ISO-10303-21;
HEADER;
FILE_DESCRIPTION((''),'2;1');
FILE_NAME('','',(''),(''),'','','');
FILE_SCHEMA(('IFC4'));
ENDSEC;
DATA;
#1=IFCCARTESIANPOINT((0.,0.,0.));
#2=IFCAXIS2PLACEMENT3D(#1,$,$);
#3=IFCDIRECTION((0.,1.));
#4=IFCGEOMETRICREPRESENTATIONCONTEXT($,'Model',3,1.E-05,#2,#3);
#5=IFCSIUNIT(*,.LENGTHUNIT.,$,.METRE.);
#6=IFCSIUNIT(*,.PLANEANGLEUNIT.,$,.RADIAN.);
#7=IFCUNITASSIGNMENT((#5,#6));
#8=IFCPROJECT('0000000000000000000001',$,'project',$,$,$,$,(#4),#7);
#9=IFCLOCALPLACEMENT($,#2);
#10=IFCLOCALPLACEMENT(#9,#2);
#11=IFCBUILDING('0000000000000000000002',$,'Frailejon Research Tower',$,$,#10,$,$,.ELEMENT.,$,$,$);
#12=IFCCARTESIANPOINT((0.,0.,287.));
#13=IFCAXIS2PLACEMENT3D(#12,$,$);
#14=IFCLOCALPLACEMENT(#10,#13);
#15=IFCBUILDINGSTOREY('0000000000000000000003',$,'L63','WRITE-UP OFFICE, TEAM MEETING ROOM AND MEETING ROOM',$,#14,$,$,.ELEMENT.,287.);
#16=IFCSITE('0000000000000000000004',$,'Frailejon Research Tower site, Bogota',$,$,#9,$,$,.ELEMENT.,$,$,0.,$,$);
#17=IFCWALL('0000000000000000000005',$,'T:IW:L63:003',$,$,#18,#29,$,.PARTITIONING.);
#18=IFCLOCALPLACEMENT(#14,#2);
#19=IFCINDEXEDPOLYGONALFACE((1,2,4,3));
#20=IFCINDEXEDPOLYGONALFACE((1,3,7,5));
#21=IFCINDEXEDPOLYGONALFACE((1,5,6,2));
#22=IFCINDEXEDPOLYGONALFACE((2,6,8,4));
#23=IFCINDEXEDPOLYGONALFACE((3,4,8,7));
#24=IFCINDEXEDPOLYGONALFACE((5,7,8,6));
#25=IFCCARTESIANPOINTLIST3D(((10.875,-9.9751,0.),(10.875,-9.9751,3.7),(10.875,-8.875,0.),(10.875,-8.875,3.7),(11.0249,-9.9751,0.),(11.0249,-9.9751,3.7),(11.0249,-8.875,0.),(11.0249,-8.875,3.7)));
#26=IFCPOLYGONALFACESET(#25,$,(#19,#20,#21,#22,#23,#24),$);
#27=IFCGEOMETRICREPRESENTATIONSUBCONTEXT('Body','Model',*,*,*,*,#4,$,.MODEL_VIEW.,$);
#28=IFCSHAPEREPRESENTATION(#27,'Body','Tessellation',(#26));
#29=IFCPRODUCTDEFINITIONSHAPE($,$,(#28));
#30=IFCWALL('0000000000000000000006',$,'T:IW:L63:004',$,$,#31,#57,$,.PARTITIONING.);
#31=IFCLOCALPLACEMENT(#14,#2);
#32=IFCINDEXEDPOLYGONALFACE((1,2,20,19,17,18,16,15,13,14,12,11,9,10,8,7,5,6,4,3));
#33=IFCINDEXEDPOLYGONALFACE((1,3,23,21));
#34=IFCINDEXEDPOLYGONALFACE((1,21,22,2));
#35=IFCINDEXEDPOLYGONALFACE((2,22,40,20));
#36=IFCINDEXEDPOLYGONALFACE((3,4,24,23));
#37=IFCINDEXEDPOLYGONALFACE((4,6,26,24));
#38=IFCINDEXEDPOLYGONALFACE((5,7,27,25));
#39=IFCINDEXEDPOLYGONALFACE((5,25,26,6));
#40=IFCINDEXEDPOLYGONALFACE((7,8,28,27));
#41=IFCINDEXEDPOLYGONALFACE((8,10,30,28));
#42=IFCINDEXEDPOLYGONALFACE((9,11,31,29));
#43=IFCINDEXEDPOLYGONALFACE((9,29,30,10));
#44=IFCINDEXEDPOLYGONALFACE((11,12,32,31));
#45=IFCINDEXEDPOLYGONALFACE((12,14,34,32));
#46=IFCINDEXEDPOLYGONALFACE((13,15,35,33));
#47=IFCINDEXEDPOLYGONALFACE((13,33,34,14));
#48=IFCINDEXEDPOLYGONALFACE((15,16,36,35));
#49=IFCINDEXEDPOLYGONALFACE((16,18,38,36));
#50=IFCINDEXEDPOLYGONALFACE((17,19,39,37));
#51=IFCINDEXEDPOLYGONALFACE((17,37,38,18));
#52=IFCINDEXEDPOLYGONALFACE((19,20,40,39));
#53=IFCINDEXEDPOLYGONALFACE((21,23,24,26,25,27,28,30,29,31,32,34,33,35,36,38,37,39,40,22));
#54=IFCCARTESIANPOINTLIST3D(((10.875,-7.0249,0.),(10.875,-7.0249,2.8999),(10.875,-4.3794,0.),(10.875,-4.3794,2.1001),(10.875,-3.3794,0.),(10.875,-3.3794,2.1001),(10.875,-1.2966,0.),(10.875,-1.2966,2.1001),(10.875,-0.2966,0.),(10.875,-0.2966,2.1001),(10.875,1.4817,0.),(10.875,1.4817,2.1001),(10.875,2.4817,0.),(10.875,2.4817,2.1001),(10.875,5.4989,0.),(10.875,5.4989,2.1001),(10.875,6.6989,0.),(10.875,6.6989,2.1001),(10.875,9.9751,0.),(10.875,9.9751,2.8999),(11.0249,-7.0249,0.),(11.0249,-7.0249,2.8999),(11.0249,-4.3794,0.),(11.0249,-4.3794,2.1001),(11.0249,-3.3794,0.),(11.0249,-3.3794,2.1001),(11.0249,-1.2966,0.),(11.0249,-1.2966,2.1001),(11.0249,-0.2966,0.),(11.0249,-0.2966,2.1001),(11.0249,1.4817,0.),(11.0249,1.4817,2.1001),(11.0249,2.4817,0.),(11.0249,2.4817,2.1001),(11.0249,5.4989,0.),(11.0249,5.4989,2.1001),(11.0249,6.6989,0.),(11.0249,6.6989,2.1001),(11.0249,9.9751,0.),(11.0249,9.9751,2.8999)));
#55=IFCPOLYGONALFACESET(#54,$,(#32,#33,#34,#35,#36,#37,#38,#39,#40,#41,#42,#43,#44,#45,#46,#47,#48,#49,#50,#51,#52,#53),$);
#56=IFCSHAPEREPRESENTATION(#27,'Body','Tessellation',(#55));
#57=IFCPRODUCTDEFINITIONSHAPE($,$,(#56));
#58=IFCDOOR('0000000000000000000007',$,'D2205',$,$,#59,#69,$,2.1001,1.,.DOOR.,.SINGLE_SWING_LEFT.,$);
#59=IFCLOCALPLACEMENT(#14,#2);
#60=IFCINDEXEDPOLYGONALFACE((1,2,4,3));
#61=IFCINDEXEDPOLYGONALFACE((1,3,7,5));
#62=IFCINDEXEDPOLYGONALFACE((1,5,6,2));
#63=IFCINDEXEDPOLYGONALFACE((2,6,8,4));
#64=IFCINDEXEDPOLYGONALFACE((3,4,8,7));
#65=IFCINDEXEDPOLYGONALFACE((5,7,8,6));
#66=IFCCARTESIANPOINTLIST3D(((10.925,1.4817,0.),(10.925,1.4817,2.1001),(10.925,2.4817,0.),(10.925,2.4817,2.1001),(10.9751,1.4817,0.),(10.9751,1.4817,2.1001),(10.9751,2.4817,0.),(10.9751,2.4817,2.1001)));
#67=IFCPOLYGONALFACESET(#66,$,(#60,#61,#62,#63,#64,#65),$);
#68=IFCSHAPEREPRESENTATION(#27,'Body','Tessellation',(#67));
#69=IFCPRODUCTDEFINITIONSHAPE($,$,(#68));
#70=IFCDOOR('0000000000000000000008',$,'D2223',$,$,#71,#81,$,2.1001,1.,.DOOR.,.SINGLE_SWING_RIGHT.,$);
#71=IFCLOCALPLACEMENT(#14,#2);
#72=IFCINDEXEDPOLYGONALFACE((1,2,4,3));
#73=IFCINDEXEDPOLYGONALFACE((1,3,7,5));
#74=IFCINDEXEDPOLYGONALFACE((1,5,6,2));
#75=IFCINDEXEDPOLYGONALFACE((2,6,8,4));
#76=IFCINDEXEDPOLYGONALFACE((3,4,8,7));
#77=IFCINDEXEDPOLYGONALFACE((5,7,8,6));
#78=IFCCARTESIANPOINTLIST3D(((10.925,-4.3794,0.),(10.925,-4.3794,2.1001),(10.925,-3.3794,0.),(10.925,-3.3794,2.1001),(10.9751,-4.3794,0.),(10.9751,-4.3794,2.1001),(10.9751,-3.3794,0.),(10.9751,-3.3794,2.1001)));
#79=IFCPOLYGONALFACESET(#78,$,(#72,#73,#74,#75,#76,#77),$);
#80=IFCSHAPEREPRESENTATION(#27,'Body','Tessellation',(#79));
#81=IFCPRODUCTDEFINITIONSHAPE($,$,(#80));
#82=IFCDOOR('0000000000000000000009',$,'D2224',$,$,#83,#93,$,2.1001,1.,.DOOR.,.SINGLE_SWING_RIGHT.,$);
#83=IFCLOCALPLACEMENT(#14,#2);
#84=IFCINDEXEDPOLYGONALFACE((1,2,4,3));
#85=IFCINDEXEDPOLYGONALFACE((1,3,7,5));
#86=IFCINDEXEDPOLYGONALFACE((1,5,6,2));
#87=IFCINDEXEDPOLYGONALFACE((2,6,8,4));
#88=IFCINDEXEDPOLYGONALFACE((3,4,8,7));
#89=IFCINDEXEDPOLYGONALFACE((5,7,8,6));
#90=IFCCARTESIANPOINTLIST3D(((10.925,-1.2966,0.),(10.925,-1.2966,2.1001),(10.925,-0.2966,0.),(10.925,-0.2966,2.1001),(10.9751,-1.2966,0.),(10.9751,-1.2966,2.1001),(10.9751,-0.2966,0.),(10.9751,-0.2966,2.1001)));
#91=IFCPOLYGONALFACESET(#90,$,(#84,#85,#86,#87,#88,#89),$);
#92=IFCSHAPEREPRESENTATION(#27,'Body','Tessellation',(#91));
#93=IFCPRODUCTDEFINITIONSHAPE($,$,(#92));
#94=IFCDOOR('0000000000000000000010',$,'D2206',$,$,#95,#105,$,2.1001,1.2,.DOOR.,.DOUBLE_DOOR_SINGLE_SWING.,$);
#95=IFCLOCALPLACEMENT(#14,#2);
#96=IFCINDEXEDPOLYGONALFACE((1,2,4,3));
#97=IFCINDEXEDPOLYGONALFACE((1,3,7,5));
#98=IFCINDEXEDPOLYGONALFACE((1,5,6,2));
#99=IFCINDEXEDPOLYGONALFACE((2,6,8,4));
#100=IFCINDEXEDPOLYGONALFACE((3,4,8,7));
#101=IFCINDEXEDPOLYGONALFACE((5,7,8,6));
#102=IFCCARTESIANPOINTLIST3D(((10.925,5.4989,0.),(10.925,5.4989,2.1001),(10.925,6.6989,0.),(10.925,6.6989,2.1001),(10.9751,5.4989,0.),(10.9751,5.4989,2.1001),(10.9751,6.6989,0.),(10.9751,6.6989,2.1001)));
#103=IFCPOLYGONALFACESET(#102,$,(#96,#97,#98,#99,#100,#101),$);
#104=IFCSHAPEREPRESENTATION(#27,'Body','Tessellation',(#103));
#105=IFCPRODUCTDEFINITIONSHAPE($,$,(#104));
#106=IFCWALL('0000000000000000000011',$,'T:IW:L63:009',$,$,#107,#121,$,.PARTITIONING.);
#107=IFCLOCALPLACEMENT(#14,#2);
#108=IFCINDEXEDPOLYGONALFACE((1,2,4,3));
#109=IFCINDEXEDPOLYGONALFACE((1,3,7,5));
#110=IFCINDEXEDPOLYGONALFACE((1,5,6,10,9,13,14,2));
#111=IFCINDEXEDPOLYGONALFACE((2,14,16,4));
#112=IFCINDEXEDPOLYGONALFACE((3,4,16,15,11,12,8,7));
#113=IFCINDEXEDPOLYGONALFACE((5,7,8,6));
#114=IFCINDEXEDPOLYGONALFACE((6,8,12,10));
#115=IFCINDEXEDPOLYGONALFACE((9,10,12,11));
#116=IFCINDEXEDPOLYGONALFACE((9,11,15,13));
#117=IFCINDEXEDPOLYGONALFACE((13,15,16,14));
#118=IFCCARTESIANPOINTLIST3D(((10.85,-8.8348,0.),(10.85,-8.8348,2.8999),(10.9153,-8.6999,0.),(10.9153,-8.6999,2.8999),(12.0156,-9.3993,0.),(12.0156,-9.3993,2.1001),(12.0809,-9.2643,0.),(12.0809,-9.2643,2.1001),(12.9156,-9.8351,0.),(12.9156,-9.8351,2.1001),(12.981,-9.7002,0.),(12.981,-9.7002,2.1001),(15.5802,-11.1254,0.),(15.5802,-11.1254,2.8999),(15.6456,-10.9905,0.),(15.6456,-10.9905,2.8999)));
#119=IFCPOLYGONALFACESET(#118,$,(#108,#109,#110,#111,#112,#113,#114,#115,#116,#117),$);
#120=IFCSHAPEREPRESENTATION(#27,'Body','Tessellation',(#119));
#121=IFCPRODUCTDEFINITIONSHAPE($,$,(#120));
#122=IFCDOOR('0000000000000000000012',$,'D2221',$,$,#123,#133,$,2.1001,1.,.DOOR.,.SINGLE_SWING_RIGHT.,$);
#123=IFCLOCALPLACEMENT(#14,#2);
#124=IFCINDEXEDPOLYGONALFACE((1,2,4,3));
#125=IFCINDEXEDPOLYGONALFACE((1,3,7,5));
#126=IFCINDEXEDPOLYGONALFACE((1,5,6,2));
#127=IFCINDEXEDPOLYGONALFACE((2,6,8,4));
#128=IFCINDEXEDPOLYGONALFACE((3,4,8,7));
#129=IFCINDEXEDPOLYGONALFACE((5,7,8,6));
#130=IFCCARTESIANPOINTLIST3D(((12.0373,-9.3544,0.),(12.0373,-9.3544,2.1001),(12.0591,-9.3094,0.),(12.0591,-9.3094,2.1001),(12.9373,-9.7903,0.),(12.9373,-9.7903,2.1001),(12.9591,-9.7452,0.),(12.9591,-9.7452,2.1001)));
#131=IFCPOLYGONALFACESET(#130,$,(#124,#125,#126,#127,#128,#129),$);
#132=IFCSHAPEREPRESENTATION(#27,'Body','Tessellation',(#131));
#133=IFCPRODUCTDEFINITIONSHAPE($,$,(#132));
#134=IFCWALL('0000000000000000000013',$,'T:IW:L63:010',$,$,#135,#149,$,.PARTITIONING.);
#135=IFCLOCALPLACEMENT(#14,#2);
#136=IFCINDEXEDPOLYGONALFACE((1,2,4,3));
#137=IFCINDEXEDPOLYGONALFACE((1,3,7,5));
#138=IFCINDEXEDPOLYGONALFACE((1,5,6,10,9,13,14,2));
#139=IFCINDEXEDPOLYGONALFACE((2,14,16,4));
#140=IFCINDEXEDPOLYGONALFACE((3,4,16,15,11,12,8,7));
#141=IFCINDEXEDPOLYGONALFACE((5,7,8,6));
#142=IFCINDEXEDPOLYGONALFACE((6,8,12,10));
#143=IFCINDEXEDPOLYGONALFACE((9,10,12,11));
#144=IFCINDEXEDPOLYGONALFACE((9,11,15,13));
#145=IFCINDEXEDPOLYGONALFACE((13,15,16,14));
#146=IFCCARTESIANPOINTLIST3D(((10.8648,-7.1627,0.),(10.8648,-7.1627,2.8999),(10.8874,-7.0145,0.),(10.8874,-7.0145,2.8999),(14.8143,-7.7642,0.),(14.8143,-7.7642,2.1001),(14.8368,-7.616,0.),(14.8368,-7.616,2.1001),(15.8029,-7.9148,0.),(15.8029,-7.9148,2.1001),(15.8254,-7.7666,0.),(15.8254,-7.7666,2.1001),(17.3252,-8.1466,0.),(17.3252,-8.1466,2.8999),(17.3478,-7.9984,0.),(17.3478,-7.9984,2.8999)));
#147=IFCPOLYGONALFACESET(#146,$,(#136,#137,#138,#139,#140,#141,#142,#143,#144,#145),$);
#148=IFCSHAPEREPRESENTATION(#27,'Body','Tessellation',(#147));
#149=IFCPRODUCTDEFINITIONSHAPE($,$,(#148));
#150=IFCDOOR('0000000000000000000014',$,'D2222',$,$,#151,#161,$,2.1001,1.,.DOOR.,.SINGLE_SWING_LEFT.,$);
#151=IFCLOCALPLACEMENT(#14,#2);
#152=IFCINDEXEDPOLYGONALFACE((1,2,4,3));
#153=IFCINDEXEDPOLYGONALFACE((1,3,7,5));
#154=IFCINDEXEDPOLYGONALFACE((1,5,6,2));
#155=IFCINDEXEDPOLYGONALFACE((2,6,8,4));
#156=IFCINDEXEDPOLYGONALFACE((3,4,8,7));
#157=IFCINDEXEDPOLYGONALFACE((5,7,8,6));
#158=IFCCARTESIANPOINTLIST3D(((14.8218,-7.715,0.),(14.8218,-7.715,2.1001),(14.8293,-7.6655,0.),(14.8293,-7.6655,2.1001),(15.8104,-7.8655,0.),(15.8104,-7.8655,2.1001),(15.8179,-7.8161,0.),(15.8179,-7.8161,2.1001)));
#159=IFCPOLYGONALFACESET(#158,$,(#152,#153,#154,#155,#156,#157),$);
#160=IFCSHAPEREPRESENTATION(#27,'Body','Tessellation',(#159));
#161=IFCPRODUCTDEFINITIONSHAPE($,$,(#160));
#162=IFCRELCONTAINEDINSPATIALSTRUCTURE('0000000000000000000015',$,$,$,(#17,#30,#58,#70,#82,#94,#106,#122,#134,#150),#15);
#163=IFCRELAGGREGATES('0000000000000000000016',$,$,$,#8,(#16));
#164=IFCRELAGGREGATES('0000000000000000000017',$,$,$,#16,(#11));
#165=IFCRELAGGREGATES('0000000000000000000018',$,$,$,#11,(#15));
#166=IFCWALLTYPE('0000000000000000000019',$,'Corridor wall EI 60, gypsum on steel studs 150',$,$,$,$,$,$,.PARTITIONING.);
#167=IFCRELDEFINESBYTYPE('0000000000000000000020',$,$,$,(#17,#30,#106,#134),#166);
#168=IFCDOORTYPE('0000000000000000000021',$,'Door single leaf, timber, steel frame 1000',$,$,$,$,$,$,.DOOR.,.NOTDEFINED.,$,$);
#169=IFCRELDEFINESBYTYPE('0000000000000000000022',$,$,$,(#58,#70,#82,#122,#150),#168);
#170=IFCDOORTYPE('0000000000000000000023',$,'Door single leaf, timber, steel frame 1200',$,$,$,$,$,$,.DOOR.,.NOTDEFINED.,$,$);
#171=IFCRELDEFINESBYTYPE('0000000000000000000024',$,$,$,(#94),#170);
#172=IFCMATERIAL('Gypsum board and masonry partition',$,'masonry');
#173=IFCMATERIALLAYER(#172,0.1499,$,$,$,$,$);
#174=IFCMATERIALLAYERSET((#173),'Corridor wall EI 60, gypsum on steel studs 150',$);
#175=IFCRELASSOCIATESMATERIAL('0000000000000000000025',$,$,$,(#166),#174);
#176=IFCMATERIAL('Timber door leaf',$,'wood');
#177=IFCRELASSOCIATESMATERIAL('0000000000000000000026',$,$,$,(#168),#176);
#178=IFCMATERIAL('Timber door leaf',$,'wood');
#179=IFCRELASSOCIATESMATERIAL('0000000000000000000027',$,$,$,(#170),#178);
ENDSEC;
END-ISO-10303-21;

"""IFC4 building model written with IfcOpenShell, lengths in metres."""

from ifc_helpers import new_model, si_unit, direction, frame, frame_2d, origin, place, context, subcontext, project, spatial, rectangle, extrude, material, layer, layer_set, type_object, element, fill, save


model = new_model("IFC4")

# Units and contexts
model_context = context("Model", 3, precision=1e-05, world=origin(), true_north=direction((0.0, 1.0)))
body_context = subcontext(model_context, "Body", "Model", "MODEL_VIEW")
ifc_project = project(units=[si_unit("LENGTHUNIT", "METRE"), si_unit("PLANEANGLEUNIT", "RADIAN")], contexts=[model_context])

# Site, building, storey
site_placement = place(None, origin())
site = spatial("IfcSite", under=ifc_project, at=site_placement, Name="Frailejon Research Tower site, Bogota", CompositionType="ELEMENT", RefElevation=0.0)
building_placement = place(site_placement, origin())
building = spatial("IfcBuilding", under=site, at=building_placement, Name="Frailejon Research Tower", CompositionType="ELEMENT")
storey_placement = place(building_placement, frame((0.0, 0.0, 287.0)))
storey = spatial("IfcBuildingStorey", under=building, at=storey_placement, Name="L63", Description="WRITE-UP OFFICE, TEAM MEETING ROOM AND MEETING ROOM", CompositionType="ELEMENT", Elevation=287.0)

# Wall
ifc_material_1 = material(Name="Gypsum board and masonry partition", Category="masonry")
ifc_layer_1 = layer(ifc_material_1, 0.1499)
ifc_layer_set_1 = layer_set([ifc_layer_1], Name="Corridor wall EI 60, gypsum on steel studs 150")
wall_type_1 = type_object("IfcWallType", Name="Corridor wall EI 60, gypsum on steel studs 150", PredefinedType="PARTITIONING", material=ifc_layer_set_1)
wall_1_placement = place(storey_placement, frame((10.95, -9.9751, 0.0), z_axis=(0.0, 0.0, 1.0), x_axis=(0.0, 1.0, 0.0)))
element("IfcWall", 1, at=wall_1_placement, inside=storey, type_object=wall_type_1, Name="T:IW:L63:003", PredefinedType="PARTITIONING", context=body_context, shape_type="SweptSolid", body=[
    extrude(rectangle(XDim=1.1001, YDim=0.1499, at=frame_2d((0.55, 0.0))), origin(), (0.0, 0.0, 1.0), 3.7),
])

# Wall, openings, doors
wall_2_placement = place(storey_placement, frame((10.95, -7.0249, 0.0), z_axis=(0.0, 0.0, 1.0), x_axis=(0.0, 1.0, 0.0)))
wall_2 = element("IfcWall", 2, at=wall_2_placement, inside=storey, type_object=wall_type_1, Name="T:IW:L63:004", PredefinedType="PARTITIONING", context=body_context, shape_type="SweptSolid", body=[
    extrude(rectangle(XDim=17.0, YDim=0.1499, at=frame_2d((8.5, 0.0))), origin(), (0.0, 0.0, 1.0), 2.8999),
])
opening_1_placement = place(wall_2_placement, frame((8.5066, 0.0, 0.0)))
opening_1 = element("IfcOpeningElement", 3, at=opening_1_placement, cuts=wall_2, PredefinedType="OPENING", context=body_context, shape_type="SweptSolid", body=[
    extrude(rectangle(XDim=1.0, YDim=2.1001, at=frame_2d((0.5, 1.05))), frame((0.0, 0.085, 0.0), z_axis=(0.0, -1.0, 0.0), x_axis=(1.0, 0.0, 0.0)), (0.0, 0.0, 1.0), 0.1699),
])
opening_2_placement = place(wall_2_placement, frame((12.5237, 0.0, 0.0)))
opening_2 = element("IfcOpeningElement", 4, at=opening_2_placement, cuts=wall_2, PredefinedType="OPENING", context=body_context, shape_type="SweptSolid", body=[
    extrude(rectangle(XDim=1.2, YDim=2.1001, at=frame_2d((0.6001, 1.05))), frame((0.0, 0.085, 0.0), z_axis=(0.0, -1.0, 0.0), x_axis=(1.0, 0.0, 0.0)), (0.0, 0.0, 1.0), 0.1699),
])
opening_3_placement = place(wall_2_placement, frame((2.6455, 0.0, 0.0)))
opening_3 = element("IfcOpeningElement", 5, at=opening_3_placement, cuts=wall_2, PredefinedType="OPENING", context=body_context, shape_type="SweptSolid", body=[
    extrude(rectangle(XDim=1.0, YDim=2.1001, at=frame_2d((0.5, 1.05))), frame((0.0, 0.085, 0.0), z_axis=(0.0, -1.0, 0.0), x_axis=(1.0, 0.0, 0.0)), (0.0, 0.0, 1.0), 0.1699),
])
opening_4_placement = place(wall_2_placement, frame((5.7283, 0.0, 0.0)))
opening_4 = element("IfcOpeningElement", 6, at=opening_4_placement, cuts=wall_2, PredefinedType="OPENING", context=body_context, shape_type="SweptSolid", body=[
    extrude(rectangle(XDim=1.0, YDim=2.1001, at=frame_2d((0.5, 1.05))), frame((0.0, 0.085, 0.0), z_axis=(0.0, -1.0, 0.0), x_axis=(1.0, 0.0, 0.0)), (0.0, 0.0, 1.0), 0.1699),
])
ifc_material_2 = material(Name="Timber door leaf", Category="wood")
door_type_1 = type_object("IfcDoorType", Name="Door single leaf, timber, steel frame 1000", OperationType="NOTDEFINED", PredefinedType="DOOR", material=ifc_material_2)
door_1_placement = place(opening_1_placement, origin())
door_1 = element("IfcDoor", 7, at=door_1_placement, inside=storey, type_object=door_type_1, Name="D2205", OperationType="SINGLE_SWING_LEFT", OverallHeight=2.1001, OverallWidth=1.0, PredefinedType="DOOR", context=body_context, shape_type="SweptSolid", body=[
    extrude(rectangle(XDim=1.0, YDim=2.1001, at=frame_2d((0.5, 1.05))), frame((0.0, 0.0249, 0.0), z_axis=(0.0, -1.0, 0.0), x_axis=(1.0, 0.0, 0.0)), (0.0, 0.0, 1.0), 0.05),
])
fill(opening_1, door_1)
door_2_placement = place(opening_3_placement, origin())
door_2 = element("IfcDoor", 8, at=door_2_placement, inside=storey, type_object=door_type_1, Name="D2223", OperationType="SINGLE_SWING_RIGHT", OverallHeight=2.1001, OverallWidth=1.0, PredefinedType="DOOR", context=body_context, shape_type="SweptSolid", body=[
    extrude(rectangle(XDim=1.0, YDim=2.1001, at=frame_2d((0.5, 1.05))), frame((0.0, 0.0249, 0.0), z_axis=(0.0, -1.0, 0.0), x_axis=(1.0, 0.0, 0.0)), (0.0, 0.0, 1.0), 0.05),
])
fill(opening_3, door_2)
door_3_placement = place(opening_4_placement, origin())
door_3 = element("IfcDoor", 9, at=door_3_placement, inside=storey, type_object=door_type_1, Name="D2224", OperationType="SINGLE_SWING_RIGHT", OverallHeight=2.1001, OverallWidth=1.0, PredefinedType="DOOR", context=body_context, shape_type="SweptSolid", body=[
    extrude(rectangle(XDim=1.0, YDim=2.1001, at=frame_2d((0.5, 1.05))), frame((0.0, 0.0249, 0.0), z_axis=(0.0, -1.0, 0.0), x_axis=(1.0, 0.0, 0.0)), (0.0, 0.0, 1.0), 0.05),
])
fill(opening_4, door_3)
ifc_material_3 = material(Name="Timber door leaf", Category="wood")
door_type_2 = type_object("IfcDoorType", Name="Door single leaf, timber, steel frame 1200", OperationType="NOTDEFINED", PredefinedType="DOOR", material=ifc_material_3)
door_4_placement = place(opening_2_placement, origin())
door_4 = element("IfcDoor", 10, at=door_4_placement, inside=storey, type_object=door_type_2, Name="D2206", OperationType="DOUBLE_DOOR_SINGLE_SWING", OverallHeight=2.1001, OverallWidth=1.2, PredefinedType="DOOR", context=body_context, shape_type="SweptSolid", body=[
    extrude(rectangle(XDim=1.2, YDim=2.1001, at=frame_2d((0.6001, 1.05))), frame((0.0, 0.0249, 0.0), z_axis=(0.0, -1.0, 0.0), x_axis=(1.0, 0.0, 0.0)), (0.0, 0.0, 1.0), 0.05),
])
fill(opening_2, door_4)

# Walls, openings, doors
wall_3_placement = place(storey_placement, frame((10.8826, -8.7673, 0.0), z_axis=(0.0, 0.0, 1.0), x_axis=(0.900032, -0.435824, 0.0)))
wall_3 = element("IfcWall", 11, at=wall_3_placement, inside=storey, type_object=wall_type_1, Name="T:IW:L63:009", PredefinedType="PARTITIONING", context=body_context, shape_type="SweptSolid", body=[
    extrude(rectangle(XDim=5.2556, YDim=0.1499, at=frame_2d((2.6279, 0.0))), origin(), (0.0, 0.0, 1.0), 2.8999),
])
opening_5_placement = place(wall_3_placement, frame((1.2952, 0.0, 0.0)))
opening_5 = element("IfcOpeningElement", 12, at=opening_5_placement, cuts=wall_3, PredefinedType="OPENING", context=body_context, shape_type="SweptSolid", body=[
    extrude(rectangle(XDim=1.0, YDim=2.1001, at=frame_2d((0.5, 1.05))), frame((0.0, 0.085, 0.0), z_axis=(0.0, -1.0, 0.0), x_axis=(1.0, 0.0, 0.0)), (0.0, 0.0, 1.0), 0.1699),
])
door_5_placement = place(opening_5_placement, origin())
door_5 = element("IfcDoor", 13, at=door_5_placement, inside=storey, type_object=door_type_1, Name="D2221", OperationType="SINGLE_SWING_RIGHT", OverallHeight=2.1001, OverallWidth=1.0, PredefinedType="DOOR", context=body_context, shape_type="SweptSolid", body=[
    extrude(rectangle(XDim=1.0, YDim=2.1001, at=frame_2d((0.5, 1.05))), frame((0.0, 0.0249, 0.0), z_axis=(0.0, -1.0, 0.0), x_axis=(1.0, 0.0, 0.0)), (0.0, 0.0, 1.0), 0.05),
])
fill(opening_5, door_5)
wall_4_placement = place(storey_placement, frame((10.876, -7.0886, 0.0), z_axis=(0.0, 0.0, 1.0), x_axis=(0.988601, -0.150558, 0.0)))
wall_4 = element("IfcWall", 14, at=wall_4_placement, inside=storey, type_object=wall_type_1, Name="T:IW:L63:010", PredefinedType="PARTITIONING", context=body_context, shape_type="SweptSolid", body=[
    extrude(rectangle(XDim=6.5349, YDim=0.1499, at=frame_2d((3.2676, 0.0))), origin(), (0.0, 0.0, 1.0), 2.8999),
])
opening_6_placement = place(wall_4_placement, frame((3.9951, 0.0, 0.0)))
opening_6 = element("IfcOpeningElement", 15, at=opening_6_placement, cuts=wall_4, PredefinedType="OPENING", context=body_context, shape_type="SweptSolid", body=[
    extrude(rectangle(XDim=1.0, YDim=2.1001, at=frame_2d((0.5, 1.05))), frame((0.0, 0.085, 0.0), z_axis=(0.0, -1.0, 0.0), x_axis=(1.0, 0.0, 0.0)), (0.0, 0.0, 1.0), 0.1699),
])
door_6_placement = place(opening_6_placement, origin())
door_6 = element("IfcDoor", 16, at=door_6_placement, inside=storey, type_object=door_type_1, Name="D2222", OperationType="SINGLE_SWING_LEFT", OverallHeight=2.1001, OverallWidth=1.0, PredefinedType="DOOR", context=body_context, shape_type="SweptSolid", body=[
    extrude(rectangle(XDim=1.0, YDim=2.1001, at=frame_2d((0.5, 1.05))), frame((0.0, 0.0249, 0.0), z_axis=(0.0, -1.0, 0.0), x_axis=(1.0, 0.0, 0.0)), (0.0, 0.0, 1.0), 0.05),
])
fill(opening_6, door_6)

save(model, "model.ifc")
